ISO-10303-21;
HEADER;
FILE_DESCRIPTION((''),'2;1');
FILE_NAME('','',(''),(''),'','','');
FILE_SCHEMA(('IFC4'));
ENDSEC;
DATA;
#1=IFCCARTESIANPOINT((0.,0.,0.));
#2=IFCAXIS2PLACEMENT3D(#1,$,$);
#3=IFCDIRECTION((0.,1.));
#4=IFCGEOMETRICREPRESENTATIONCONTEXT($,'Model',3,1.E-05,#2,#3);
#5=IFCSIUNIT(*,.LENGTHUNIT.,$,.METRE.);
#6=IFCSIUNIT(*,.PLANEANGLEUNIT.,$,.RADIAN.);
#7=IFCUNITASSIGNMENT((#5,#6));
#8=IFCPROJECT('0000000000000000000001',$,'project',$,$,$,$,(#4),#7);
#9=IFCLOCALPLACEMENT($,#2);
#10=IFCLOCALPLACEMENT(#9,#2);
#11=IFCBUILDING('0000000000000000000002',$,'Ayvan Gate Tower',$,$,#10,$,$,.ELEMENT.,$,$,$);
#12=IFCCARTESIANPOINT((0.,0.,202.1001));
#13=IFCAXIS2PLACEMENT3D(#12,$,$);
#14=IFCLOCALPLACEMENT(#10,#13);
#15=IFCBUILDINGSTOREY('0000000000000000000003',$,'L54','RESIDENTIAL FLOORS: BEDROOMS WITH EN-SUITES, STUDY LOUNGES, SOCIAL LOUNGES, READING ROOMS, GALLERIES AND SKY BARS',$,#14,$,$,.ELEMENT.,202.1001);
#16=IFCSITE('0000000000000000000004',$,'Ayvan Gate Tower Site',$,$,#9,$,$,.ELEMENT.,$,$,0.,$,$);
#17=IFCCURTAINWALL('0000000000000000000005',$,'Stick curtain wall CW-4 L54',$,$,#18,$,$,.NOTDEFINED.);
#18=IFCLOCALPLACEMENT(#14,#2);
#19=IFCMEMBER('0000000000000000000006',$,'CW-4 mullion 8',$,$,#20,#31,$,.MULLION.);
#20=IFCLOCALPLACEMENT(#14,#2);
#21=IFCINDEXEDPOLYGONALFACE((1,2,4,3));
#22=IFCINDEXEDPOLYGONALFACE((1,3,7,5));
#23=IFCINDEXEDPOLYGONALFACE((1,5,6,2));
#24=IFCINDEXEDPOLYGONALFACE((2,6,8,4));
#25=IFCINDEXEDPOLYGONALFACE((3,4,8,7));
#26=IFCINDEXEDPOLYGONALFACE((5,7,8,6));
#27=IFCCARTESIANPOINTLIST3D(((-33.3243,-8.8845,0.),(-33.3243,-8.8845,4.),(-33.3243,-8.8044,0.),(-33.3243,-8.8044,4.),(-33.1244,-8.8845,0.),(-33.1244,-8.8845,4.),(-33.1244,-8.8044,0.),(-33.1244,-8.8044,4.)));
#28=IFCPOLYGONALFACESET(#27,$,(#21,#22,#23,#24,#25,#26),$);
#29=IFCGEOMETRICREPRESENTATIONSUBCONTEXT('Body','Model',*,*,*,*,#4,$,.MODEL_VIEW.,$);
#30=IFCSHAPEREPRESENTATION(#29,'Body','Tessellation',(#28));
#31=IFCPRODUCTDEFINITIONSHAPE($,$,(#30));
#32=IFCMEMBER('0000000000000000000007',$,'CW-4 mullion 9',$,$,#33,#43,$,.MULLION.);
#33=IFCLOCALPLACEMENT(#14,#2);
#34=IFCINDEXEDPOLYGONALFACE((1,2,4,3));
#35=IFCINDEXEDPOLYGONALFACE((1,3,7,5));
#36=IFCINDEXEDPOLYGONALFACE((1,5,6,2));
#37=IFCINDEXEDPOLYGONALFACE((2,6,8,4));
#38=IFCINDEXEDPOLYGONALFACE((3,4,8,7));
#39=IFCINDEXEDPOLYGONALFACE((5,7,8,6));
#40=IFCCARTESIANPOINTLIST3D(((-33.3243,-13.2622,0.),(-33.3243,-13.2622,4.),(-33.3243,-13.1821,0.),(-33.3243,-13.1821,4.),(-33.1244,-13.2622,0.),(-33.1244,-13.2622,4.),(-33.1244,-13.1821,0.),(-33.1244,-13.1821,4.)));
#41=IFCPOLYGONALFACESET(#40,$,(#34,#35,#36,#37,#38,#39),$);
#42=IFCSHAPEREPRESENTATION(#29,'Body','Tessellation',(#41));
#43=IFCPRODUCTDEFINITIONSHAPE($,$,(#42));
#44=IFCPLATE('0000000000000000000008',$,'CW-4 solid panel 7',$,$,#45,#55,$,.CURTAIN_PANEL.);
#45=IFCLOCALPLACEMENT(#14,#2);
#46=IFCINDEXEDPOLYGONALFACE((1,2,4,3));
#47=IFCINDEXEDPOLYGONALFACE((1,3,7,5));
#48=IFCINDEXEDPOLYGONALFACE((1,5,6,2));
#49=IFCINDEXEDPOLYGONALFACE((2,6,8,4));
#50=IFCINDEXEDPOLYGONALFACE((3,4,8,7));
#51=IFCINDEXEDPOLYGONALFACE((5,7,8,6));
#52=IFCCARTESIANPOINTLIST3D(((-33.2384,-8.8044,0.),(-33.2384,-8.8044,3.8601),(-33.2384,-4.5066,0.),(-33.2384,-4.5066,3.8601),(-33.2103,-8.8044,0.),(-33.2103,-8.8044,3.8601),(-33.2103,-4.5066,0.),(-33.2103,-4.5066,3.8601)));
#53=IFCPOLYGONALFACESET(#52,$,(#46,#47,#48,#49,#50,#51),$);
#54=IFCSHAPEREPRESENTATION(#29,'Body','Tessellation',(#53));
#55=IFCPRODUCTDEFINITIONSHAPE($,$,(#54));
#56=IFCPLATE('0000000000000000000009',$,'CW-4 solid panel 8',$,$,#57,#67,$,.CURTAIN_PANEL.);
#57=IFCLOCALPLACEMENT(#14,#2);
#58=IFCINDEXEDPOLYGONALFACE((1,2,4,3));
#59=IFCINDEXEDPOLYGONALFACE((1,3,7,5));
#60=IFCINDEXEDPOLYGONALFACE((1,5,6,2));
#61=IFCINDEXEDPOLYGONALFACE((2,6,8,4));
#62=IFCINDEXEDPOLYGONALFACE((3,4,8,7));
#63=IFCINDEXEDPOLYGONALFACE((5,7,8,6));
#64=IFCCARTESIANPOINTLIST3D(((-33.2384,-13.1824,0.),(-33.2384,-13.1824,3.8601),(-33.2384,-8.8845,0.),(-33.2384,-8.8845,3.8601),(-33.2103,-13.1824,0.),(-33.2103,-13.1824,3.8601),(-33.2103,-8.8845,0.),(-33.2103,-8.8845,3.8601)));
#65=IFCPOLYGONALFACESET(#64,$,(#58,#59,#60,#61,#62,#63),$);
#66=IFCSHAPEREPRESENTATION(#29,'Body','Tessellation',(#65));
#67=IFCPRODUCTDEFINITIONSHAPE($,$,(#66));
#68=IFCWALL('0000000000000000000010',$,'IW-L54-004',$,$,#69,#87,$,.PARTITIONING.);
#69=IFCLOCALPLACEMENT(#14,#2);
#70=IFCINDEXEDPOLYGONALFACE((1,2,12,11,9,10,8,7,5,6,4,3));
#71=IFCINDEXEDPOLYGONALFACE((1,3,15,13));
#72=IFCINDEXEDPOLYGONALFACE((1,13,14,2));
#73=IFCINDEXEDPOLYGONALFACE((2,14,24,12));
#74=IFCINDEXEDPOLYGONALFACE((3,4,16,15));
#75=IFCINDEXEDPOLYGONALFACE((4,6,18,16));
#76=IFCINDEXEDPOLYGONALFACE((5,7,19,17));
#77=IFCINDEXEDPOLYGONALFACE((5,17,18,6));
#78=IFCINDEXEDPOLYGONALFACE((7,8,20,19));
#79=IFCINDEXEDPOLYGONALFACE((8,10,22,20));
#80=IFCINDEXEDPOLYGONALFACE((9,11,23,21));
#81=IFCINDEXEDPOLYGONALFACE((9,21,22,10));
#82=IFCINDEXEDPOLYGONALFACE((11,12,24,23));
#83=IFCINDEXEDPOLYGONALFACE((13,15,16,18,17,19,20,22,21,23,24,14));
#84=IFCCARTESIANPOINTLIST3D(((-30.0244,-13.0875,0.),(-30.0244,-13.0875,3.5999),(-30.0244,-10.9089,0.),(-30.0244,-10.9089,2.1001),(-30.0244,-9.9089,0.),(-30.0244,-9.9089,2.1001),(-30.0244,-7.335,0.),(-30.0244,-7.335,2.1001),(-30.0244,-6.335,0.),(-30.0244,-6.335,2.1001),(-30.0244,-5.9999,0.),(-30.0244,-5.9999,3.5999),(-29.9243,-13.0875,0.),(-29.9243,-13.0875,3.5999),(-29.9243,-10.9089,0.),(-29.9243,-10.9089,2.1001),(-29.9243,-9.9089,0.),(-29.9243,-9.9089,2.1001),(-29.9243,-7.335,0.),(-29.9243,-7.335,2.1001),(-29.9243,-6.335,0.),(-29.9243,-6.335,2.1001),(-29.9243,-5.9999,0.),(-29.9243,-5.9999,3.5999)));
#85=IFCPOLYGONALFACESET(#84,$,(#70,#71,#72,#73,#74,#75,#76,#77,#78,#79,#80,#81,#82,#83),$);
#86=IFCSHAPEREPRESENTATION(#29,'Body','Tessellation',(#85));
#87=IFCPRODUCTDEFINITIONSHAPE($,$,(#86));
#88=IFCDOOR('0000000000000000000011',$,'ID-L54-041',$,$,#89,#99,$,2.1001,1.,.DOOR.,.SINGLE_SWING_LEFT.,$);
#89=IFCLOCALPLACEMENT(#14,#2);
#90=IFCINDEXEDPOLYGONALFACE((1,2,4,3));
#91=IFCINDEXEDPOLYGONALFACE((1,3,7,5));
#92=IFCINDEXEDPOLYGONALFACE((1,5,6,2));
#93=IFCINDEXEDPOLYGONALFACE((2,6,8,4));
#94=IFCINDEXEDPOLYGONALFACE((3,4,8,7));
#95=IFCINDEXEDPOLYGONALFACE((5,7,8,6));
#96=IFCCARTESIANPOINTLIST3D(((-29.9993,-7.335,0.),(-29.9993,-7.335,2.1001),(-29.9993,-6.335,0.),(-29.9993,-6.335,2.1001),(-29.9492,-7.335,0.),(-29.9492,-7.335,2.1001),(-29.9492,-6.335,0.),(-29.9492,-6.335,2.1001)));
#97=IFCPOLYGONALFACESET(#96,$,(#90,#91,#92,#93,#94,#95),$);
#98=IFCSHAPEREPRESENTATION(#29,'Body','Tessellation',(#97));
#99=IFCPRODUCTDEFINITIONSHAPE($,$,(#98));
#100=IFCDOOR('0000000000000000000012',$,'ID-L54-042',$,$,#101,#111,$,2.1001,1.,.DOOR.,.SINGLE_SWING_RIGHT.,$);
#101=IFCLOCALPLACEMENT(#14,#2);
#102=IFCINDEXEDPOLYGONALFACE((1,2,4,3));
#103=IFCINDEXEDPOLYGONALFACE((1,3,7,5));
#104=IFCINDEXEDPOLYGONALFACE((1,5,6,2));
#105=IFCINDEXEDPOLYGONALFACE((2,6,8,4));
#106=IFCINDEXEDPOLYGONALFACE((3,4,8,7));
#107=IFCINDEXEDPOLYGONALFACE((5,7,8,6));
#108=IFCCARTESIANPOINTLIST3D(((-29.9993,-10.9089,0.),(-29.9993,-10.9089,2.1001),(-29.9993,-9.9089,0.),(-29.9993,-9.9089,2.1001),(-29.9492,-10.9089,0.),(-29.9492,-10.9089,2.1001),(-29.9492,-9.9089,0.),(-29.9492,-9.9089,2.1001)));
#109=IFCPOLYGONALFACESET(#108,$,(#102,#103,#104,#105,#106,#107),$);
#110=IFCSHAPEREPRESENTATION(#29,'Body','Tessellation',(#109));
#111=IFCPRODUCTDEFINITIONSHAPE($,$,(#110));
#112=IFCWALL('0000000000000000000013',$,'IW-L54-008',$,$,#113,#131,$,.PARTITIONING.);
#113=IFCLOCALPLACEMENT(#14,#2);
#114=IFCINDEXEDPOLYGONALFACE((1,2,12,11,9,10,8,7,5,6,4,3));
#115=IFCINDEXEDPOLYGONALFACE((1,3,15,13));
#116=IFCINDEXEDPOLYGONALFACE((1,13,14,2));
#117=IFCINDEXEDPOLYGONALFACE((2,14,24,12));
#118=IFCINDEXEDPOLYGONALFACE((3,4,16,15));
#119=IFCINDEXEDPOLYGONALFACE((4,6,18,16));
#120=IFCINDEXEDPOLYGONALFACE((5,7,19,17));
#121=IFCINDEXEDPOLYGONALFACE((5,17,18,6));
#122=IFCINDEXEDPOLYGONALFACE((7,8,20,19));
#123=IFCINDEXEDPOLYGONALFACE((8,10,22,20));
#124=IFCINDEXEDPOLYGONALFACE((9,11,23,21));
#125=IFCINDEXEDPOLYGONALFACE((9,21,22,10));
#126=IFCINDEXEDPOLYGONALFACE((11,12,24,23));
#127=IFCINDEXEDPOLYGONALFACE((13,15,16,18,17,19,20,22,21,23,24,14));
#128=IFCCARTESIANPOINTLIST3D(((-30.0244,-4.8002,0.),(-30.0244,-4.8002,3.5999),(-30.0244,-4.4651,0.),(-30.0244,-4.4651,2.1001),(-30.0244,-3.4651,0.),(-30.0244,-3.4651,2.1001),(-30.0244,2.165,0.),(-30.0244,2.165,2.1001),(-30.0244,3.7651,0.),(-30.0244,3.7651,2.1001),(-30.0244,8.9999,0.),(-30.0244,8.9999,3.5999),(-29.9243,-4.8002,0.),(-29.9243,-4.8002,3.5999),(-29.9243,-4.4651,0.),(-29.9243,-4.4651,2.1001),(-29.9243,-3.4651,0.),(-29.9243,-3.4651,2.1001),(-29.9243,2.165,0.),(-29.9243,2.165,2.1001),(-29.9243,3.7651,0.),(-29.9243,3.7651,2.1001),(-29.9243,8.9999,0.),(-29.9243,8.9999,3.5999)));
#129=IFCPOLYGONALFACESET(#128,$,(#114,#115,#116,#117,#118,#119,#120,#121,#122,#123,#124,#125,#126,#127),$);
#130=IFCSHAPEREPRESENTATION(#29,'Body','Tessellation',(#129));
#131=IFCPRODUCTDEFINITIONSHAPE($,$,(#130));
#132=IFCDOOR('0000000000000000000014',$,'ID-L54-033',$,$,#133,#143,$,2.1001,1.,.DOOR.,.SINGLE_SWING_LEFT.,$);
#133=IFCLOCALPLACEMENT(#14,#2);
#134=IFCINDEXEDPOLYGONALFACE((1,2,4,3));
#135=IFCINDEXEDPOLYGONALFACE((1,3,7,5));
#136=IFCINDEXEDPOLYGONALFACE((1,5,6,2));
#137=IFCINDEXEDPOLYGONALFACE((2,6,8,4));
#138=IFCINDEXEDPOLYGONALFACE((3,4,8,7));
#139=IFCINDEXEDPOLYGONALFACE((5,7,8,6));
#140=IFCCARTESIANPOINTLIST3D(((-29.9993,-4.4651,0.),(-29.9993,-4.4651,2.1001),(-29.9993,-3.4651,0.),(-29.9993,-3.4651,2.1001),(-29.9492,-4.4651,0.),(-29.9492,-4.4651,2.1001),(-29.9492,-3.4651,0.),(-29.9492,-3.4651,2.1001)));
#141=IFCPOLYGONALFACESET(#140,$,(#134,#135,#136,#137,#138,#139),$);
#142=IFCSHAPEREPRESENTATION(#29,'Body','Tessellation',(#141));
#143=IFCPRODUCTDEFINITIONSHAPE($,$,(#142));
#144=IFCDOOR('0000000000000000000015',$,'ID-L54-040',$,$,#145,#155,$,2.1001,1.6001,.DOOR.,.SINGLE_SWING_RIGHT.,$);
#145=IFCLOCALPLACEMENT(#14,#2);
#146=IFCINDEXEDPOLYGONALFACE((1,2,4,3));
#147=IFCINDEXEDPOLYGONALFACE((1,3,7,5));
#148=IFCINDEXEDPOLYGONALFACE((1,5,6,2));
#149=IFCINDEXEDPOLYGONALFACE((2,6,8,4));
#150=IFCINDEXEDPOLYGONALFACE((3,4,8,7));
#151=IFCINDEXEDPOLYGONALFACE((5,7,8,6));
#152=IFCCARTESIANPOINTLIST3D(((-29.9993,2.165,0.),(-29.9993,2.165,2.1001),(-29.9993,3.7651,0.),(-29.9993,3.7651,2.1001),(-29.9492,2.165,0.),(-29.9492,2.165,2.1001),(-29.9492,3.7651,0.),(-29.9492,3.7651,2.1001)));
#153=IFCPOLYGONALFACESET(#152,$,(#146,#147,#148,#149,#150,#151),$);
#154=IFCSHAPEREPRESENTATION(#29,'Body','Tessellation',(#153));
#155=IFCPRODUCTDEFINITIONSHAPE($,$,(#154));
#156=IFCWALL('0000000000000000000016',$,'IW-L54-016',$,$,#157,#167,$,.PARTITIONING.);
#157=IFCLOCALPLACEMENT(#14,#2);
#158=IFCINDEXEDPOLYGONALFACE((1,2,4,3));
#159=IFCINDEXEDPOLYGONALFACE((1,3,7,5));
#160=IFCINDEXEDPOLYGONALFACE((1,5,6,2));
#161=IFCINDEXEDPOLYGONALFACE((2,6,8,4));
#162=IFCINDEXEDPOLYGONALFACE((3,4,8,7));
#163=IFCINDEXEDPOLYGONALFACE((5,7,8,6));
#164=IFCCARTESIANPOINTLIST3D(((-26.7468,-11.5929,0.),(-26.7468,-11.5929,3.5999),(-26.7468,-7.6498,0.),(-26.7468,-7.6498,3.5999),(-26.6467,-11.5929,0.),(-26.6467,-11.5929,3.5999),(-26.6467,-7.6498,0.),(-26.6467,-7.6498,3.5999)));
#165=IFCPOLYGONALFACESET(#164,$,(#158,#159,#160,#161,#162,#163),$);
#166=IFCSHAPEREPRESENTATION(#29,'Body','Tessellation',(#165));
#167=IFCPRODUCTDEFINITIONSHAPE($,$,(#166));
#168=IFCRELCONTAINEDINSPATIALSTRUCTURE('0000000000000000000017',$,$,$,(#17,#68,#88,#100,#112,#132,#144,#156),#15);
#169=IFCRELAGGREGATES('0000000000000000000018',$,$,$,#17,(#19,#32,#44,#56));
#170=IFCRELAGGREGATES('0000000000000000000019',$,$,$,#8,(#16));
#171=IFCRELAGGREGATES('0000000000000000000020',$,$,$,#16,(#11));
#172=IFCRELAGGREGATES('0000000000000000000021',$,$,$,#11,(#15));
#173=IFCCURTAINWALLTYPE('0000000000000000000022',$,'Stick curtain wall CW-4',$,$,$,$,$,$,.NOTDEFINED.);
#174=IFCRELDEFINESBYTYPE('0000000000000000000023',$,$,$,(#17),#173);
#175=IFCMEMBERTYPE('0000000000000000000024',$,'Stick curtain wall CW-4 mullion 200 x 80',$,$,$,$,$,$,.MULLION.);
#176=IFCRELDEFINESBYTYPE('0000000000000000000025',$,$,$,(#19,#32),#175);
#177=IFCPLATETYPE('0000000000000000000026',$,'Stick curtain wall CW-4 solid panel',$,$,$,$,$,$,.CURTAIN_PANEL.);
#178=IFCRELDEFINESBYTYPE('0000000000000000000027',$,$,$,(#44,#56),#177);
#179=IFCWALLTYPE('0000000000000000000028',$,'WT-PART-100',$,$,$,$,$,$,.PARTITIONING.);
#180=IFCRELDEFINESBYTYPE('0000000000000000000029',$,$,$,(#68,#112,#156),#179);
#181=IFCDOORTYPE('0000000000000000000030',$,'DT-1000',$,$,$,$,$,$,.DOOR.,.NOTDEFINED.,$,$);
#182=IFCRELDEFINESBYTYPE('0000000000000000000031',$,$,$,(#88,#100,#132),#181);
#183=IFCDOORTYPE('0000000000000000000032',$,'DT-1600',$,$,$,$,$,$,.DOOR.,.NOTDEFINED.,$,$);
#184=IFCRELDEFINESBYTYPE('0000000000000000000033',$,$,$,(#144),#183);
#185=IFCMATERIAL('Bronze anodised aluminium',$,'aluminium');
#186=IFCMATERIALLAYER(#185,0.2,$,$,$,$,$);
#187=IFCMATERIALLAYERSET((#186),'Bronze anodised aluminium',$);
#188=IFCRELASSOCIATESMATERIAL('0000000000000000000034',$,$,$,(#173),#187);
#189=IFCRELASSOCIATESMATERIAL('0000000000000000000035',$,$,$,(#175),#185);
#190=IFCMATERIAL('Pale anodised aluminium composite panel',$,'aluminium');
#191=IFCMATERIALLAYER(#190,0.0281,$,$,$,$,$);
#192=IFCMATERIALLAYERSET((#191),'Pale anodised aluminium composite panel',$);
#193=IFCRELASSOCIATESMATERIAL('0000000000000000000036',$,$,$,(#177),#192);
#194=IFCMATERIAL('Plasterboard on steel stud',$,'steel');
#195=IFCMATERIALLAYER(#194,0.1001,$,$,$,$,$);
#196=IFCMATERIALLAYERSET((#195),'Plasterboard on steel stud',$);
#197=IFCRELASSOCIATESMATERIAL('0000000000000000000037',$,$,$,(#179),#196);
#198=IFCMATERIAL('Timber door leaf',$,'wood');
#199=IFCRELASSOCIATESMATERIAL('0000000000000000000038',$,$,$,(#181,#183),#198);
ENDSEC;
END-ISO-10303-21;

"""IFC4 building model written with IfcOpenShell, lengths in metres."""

from ifc_helpers import new_model, si_unit, direction, frame, frame_2d, origin, origin_2d, place, context, subcontext, project, spatial, rectangle, extrude, material, layer, layer_set, material_profile, profile_set, type_object, element, fill, aggregate, save


model = new_model("IFC4")

# Units and contexts
model_context = context("Model", 3, precision=1e-05, world=origin(), true_north=direction((0.0, 1.0)))
body_context = subcontext(model_context, "Body", "Model", "MODEL_VIEW")
ifc_project = project(units=[si_unit("LENGTHUNIT", "METRE"), si_unit("PLANEANGLEUNIT", "RADIAN")], contexts=[model_context])

# Site, building, storey
site_placement = place(None, origin())
site = spatial("IfcSite", under=ifc_project, at=site_placement, Name="Ayvan Gate Tower Site", CompositionType="ELEMENT", RefElevation=0.0)
building_placement = place(site_placement, origin())
building = spatial("IfcBuilding", under=site, at=building_placement, Name="Ayvan Gate Tower", CompositionType="ELEMENT")
storey_placement = place(building_placement, frame((0.0, 0.0, 202.1001)))
storey = spatial("IfcBuildingStorey", under=building, at=storey_placement, Name="L54", Description="RESIDENTIAL FLOORS: BEDROOMS WITH EN-SUITES, STUDY LOUNGES, SOCIAL LOUNGES, READING ROOMS, GALLERIES AND SKY BARS", CompositionType="ELEMENT", Elevation=202.1001)

# Curtain wall, members, plates
ifc_material_1 = material(Name="Bronze anodised aluminium", Category="aluminium")
ifc_layer_1 = layer(ifc_material_1, 0.2)
ifc_layer_set_1 = layer_set([ifc_layer_1], Name="Bronze anodised aluminium")
curtain_wall_type = type_object("IfcCurtainWallType", Name="Stick curtain wall CW-4", PredefinedType="NOTDEFINED", material=ifc_layer_set_1)
curtain_wall_placement = place(storey_placement, origin())
curtain_wall = element("IfcCurtainWall", 1, at=curtain_wall_placement, inside=storey, type_object=curtain_wall_type, Name="Stick curtain wall CW-4 L54", PredefinedType="NOTDEFINED")
ifc_material_profile_1 = material_profile(ifc_material_1, rectangle(XDim=0.2, YDim=0.0801, at=origin_2d()), Name="Stick curtain wall CW-4 mullion 200 x 80")
ifc_profile_set_1 = profile_set([ifc_material_profile_1], Name="Bronze anodised aluminium")
member_type_1 = type_object("IfcMemberType", Name="Stick curtain wall CW-4 mullion 200 x 80", PredefinedType="MULLION", material=ifc_profile_set_1)
member_1_placement = place(storey_placement, frame((-33.2244, -8.8445, 0.0), z_axis=(0.0, 0.0, 1.0), x_axis=(-1.0, 0.0, 0.0)))
member_1 = element("IfcMember", 2, at=member_1_placement, type_object=member_type_1, Name="CW-4 mullion 8", PredefinedType="MULLION", context=body_context, shape_type="SweptSolid", body=[
    extrude(rectangle(XDim=0.2, YDim=0.0801, at=origin_2d()), origin(), (0.0, 0.0, 1.0), 4.0),
])
member_2_placement = place(storey_placement, frame((-33.2244, -13.2222, 0.0), z_axis=(0.0, 0.0, 1.0), x_axis=(-1.0, 0.0, 0.0)))
member_2 = element("IfcMember", 3, at=member_2_placement, type_object=member_type_1, Name="CW-4 mullion 9", PredefinedType="MULLION", context=body_context, shape_type="SweptSolid", body=[
    extrude(rectangle(XDim=0.2, YDim=0.0801, at=origin_2d()), origin(), (0.0, 0.0, 1.0), 4.0),
])
ifc_material_2 = material(Name="Pale anodised aluminium composite panel", Category="aluminium")
ifc_layer_2 = layer(ifc_material_2, 0.0281)
ifc_layer_set_2 = layer_set([ifc_layer_2], Name="Pale anodised aluminium composite panel")
plate_type = type_object("IfcPlateType", Name="Stick curtain wall CW-4 solid panel", PredefinedType="CURTAIN_PANEL", material=ifc_layer_set_2)
plate_1_placement = place(storey_placement, frame((-33.2244, -6.6555, 0.0), z_axis=(0.0, 0.0, 1.0), x_axis=(0.0, -1.0, 0.0)))
plate_1 = element("IfcPlate", 4, at=plate_1_placement, type_object=plate_type, Name="CW-4 solid panel 7", PredefinedType="CURTAIN_PANEL", context=body_context, shape_type="SweptSolid", body=[
    extrude(rectangle(XDim=4.2979, YDim=0.0281, at=origin_2d()), origin(), (0.0, 0.0, 1.0), 3.8601),
])
plate_2_placement = place(storey_placement, frame((-33.2244, -11.0334, 0.0), z_axis=(0.0, 0.0, 1.0), x_axis=(0.0, -1.0, 0.0)))
plate_2 = element("IfcPlate", 5, at=plate_2_placement, type_object=plate_type, Name="CW-4 solid panel 8", PredefinedType="CURTAIN_PANEL", context=body_context, shape_type="SweptSolid", body=[
    extrude(rectangle(XDim=4.2979, YDim=0.0281, at=origin_2d()), origin(), (0.0, 0.0, 1.0), 3.8601),
])
aggregate(curtain_wall, [member_1, member_2, plate_1, plate_2])

# Walls, openings, doors
ifc_material_3 = material(Name="Plasterboard on steel stud", Category="steel")
ifc_layer_3 = layer(ifc_material_3, 0.1001)
ifc_layer_set_3 = layer_set([ifc_layer_3], Name="Plasterboard on steel stud")
wall_type_1 = type_object("IfcWallType", Name="WT-PART-100", PredefinedType="PARTITIONING", material=ifc_layer_set_3)
wall_1_placement = place(storey_placement, frame((-29.9744, -13.0876, 0.0), z_axis=(0.0, 0.0, 1.0), x_axis=(0.0, 1.0, 0.0)))
wall_1 = element("IfcWall", 6, at=wall_1_placement, inside=storey, type_object=wall_type_1, Name="IW-L54-004", PredefinedType="PARTITIONING", context=body_context, shape_type="SweptSolid", body=[
    extrude(rectangle(XDim=7.0876, YDim=0.1001, at=frame_2d((3.5439, 0.0))), origin(), (0.0, 0.0, 1.0), 3.5999),
])
opening_1_placement = place(wall_1_placement, frame((5.7527, 0.0, 0.0)))
opening_1 = element("IfcOpeningElement", 7, at=opening_1_placement, cuts=wall_1, PredefinedType="OPENING", context=body_context, shape_type="SweptSolid", body=[
    extrude(rectangle(XDim=1.0, YDim=2.1001, at=frame_2d((0.5, 1.05))), frame((0.0, 0.0601, 0.0), z_axis=(0.0, -1.0, 0.0), x_axis=(1.0, 0.0, 0.0)), (0.0, 0.0, 1.0), 0.1201),
])
opening_2_placement = place(wall_1_placement, frame((2.1787, 0.0, 0.0)))
opening_2 = element("IfcOpeningElement", 8, at=opening_2_placement, cuts=wall_1, PredefinedType="OPENING", context=body_context, shape_type="SweptSolid", body=[
    extrude(rectangle(XDim=1.0, YDim=2.1001, at=frame_2d((0.5, 1.05))), frame((0.0, 0.0601, 0.0), z_axis=(0.0, -1.0, 0.0), x_axis=(1.0, 0.0, 0.0)), (0.0, 0.0, 1.0), 0.1201),
])
ifc_material_4 = material(Name="Timber door leaf", Category="wood")
door_type_1 = type_object("IfcDoorType", Name="DT-1000", OperationType="NOTDEFINED", PredefinedType="DOOR", material=ifc_material_4)
door_1_placement = place(opening_1_placement, origin())
door_1 = element("IfcDoor", 9, at=door_1_placement, inside=storey, type_object=door_type_1, Name="ID-L54-041", OperationType="SINGLE_SWING_LEFT", OverallHeight=2.1001, OverallWidth=1.0, PredefinedType="DOOR", context=body_context, shape_type="SweptSolid", body=[
    extrude(rectangle(XDim=1.0, YDim=2.1001, at=frame_2d((0.5, 1.05))), frame((0.0, 0.0249, 0.0), z_axis=(0.0, -1.0, 0.0), x_axis=(1.0, 0.0, 0.0)), (0.0, 0.0, 1.0), 0.05),
])
fill(opening_1, door_1)
door_2_placement = place(opening_2_placement, origin())
door_2 = element("IfcDoor", 10, at=door_2_placement, inside=storey, type_object=door_type_1, Name="ID-L54-042", OperationType="SINGLE_SWING_RIGHT", OverallHeight=2.1001, OverallWidth=1.0, PredefinedType="DOOR", context=body_context, shape_type="SweptSolid", body=[
    extrude(rectangle(XDim=1.0, YDim=2.1001, at=frame_2d((0.5, 1.05))), frame((0.0, 0.0249, 0.0), z_axis=(0.0, -1.0, 0.0), x_axis=(1.0, 0.0, 0.0)), (0.0, 0.0, 1.0), 0.05),
])
fill(opening_2, door_2)
wall_2_placement = place(storey_placement, frame((-29.9744, -4.8, 0.0), z_axis=(0.0, 0.0, 1.0), x_axis=(0.0, 1.0, 0.0)))
wall_2 = element("IfcWall", 11, at=wall_2_placement, inside=storey, type_object=wall_type_1, Name="IW-L54-008", PredefinedType="PARTITIONING", context=body_context, shape_type="SweptSolid", body=[
    extrude(rectangle(XDim=13.8, YDim=0.1001, at=frame_2d((6.8999, 0.0))), origin(), (0.0, 0.0, 1.0), 3.5999),
])
opening_3_placement = place(wall_2_placement, frame((0.335, 0.0, 0.0)))
opening_3 = element("IfcOpeningElement", 12, at=opening_3_placement, cuts=wall_2, PredefinedType="OPENING", context=body_context, shape_type="SweptSolid", body=[
    extrude(rectangle(XDim=1.0, YDim=2.1001, at=frame_2d((0.5, 1.05))), frame((0.0, 0.0601, 0.0), z_axis=(0.0, -1.0, 0.0), x_axis=(1.0, 0.0, 0.0)), (0.0, 0.0, 1.0), 0.1201),
])
opening_4_placement = place(wall_2_placement, frame((6.9651, 0.0, 0.0)))
opening_4 = element("IfcOpeningElement", 13, at=opening_4_placement, cuts=wall_2, PredefinedType="OPENING", context=body_context, shape_type="SweptSolid", body=[
    extrude(rectangle(XDim=1.6001, YDim=2.1001, at=frame_2d((0.8, 1.05))), frame((0.0, 0.0601, 0.0), z_axis=(0.0, -1.0, 0.0), x_axis=(1.0, 0.0, 0.0)), (0.0, 0.0, 1.0), 0.1201),
])
door_3_placement = place(opening_3_placement, origin())
door_3 = element("IfcDoor", 14, at=door_3_placement, inside=storey, type_object=door_type_1, Name="ID-L54-033", OperationType="SINGLE_SWING_LEFT", OverallHeight=2.1001, OverallWidth=1.0, PredefinedType="DOOR", context=body_context, shape_type="SweptSolid", body=[
    extrude(rectangle(XDim=1.0, YDim=2.1001, at=frame_2d((0.5, 1.05))), frame((0.0, 0.0249, 0.0), z_axis=(0.0, -1.0, 0.0), x_axis=(1.0, 0.0, 0.0)), (0.0, 0.0, 1.0), 0.05),
])
fill(opening_3, door_3)
door_type_2 = type_object("IfcDoorType", Name="DT-1600", OperationType="NOTDEFINED", PredefinedType="DOOR", material=ifc_material_4)
door_4_placement = place(opening_4_placement, origin())
door_4 = element("IfcDoor", 15, at=door_4_placement, inside=storey, type_object=door_type_2, Name="ID-L54-040", OperationType="SINGLE_SWING_RIGHT", OverallHeight=2.1001, OverallWidth=1.6001, PredefinedType="DOOR", context=body_context, shape_type="SweptSolid", body=[
    extrude(rectangle(XDim=1.6001, YDim=2.1001, at=frame_2d((0.8, 1.05))), frame((0.0, 0.0249, 0.0), z_axis=(0.0, -1.0, 0.0), x_axis=(1.0, 0.0, 0.0)), (0.0, 0.0, 1.0), 0.05),
])
fill(opening_4, door_4)

# Wall
wall_3_placement = place(storey_placement, frame((-26.6968, -11.593, 0.0), z_axis=(0.0, 0.0, 1.0), x_axis=(0.0, 1.0, 0.0)))
element("IfcWall", 16, at=wall_3_placement, inside=storey, type_object=wall_type_1, Name="IW-L54-016", PredefinedType="PARTITIONING", context=body_context, shape_type="SweptSolid", body=[
    extrude(rectangle(XDim=3.9431, YDim=0.1001, at=frame_2d((1.9717, 0.0))), origin(), (0.0, 0.0, 1.0), 3.5999),
])

save(model, "model.ifc")
